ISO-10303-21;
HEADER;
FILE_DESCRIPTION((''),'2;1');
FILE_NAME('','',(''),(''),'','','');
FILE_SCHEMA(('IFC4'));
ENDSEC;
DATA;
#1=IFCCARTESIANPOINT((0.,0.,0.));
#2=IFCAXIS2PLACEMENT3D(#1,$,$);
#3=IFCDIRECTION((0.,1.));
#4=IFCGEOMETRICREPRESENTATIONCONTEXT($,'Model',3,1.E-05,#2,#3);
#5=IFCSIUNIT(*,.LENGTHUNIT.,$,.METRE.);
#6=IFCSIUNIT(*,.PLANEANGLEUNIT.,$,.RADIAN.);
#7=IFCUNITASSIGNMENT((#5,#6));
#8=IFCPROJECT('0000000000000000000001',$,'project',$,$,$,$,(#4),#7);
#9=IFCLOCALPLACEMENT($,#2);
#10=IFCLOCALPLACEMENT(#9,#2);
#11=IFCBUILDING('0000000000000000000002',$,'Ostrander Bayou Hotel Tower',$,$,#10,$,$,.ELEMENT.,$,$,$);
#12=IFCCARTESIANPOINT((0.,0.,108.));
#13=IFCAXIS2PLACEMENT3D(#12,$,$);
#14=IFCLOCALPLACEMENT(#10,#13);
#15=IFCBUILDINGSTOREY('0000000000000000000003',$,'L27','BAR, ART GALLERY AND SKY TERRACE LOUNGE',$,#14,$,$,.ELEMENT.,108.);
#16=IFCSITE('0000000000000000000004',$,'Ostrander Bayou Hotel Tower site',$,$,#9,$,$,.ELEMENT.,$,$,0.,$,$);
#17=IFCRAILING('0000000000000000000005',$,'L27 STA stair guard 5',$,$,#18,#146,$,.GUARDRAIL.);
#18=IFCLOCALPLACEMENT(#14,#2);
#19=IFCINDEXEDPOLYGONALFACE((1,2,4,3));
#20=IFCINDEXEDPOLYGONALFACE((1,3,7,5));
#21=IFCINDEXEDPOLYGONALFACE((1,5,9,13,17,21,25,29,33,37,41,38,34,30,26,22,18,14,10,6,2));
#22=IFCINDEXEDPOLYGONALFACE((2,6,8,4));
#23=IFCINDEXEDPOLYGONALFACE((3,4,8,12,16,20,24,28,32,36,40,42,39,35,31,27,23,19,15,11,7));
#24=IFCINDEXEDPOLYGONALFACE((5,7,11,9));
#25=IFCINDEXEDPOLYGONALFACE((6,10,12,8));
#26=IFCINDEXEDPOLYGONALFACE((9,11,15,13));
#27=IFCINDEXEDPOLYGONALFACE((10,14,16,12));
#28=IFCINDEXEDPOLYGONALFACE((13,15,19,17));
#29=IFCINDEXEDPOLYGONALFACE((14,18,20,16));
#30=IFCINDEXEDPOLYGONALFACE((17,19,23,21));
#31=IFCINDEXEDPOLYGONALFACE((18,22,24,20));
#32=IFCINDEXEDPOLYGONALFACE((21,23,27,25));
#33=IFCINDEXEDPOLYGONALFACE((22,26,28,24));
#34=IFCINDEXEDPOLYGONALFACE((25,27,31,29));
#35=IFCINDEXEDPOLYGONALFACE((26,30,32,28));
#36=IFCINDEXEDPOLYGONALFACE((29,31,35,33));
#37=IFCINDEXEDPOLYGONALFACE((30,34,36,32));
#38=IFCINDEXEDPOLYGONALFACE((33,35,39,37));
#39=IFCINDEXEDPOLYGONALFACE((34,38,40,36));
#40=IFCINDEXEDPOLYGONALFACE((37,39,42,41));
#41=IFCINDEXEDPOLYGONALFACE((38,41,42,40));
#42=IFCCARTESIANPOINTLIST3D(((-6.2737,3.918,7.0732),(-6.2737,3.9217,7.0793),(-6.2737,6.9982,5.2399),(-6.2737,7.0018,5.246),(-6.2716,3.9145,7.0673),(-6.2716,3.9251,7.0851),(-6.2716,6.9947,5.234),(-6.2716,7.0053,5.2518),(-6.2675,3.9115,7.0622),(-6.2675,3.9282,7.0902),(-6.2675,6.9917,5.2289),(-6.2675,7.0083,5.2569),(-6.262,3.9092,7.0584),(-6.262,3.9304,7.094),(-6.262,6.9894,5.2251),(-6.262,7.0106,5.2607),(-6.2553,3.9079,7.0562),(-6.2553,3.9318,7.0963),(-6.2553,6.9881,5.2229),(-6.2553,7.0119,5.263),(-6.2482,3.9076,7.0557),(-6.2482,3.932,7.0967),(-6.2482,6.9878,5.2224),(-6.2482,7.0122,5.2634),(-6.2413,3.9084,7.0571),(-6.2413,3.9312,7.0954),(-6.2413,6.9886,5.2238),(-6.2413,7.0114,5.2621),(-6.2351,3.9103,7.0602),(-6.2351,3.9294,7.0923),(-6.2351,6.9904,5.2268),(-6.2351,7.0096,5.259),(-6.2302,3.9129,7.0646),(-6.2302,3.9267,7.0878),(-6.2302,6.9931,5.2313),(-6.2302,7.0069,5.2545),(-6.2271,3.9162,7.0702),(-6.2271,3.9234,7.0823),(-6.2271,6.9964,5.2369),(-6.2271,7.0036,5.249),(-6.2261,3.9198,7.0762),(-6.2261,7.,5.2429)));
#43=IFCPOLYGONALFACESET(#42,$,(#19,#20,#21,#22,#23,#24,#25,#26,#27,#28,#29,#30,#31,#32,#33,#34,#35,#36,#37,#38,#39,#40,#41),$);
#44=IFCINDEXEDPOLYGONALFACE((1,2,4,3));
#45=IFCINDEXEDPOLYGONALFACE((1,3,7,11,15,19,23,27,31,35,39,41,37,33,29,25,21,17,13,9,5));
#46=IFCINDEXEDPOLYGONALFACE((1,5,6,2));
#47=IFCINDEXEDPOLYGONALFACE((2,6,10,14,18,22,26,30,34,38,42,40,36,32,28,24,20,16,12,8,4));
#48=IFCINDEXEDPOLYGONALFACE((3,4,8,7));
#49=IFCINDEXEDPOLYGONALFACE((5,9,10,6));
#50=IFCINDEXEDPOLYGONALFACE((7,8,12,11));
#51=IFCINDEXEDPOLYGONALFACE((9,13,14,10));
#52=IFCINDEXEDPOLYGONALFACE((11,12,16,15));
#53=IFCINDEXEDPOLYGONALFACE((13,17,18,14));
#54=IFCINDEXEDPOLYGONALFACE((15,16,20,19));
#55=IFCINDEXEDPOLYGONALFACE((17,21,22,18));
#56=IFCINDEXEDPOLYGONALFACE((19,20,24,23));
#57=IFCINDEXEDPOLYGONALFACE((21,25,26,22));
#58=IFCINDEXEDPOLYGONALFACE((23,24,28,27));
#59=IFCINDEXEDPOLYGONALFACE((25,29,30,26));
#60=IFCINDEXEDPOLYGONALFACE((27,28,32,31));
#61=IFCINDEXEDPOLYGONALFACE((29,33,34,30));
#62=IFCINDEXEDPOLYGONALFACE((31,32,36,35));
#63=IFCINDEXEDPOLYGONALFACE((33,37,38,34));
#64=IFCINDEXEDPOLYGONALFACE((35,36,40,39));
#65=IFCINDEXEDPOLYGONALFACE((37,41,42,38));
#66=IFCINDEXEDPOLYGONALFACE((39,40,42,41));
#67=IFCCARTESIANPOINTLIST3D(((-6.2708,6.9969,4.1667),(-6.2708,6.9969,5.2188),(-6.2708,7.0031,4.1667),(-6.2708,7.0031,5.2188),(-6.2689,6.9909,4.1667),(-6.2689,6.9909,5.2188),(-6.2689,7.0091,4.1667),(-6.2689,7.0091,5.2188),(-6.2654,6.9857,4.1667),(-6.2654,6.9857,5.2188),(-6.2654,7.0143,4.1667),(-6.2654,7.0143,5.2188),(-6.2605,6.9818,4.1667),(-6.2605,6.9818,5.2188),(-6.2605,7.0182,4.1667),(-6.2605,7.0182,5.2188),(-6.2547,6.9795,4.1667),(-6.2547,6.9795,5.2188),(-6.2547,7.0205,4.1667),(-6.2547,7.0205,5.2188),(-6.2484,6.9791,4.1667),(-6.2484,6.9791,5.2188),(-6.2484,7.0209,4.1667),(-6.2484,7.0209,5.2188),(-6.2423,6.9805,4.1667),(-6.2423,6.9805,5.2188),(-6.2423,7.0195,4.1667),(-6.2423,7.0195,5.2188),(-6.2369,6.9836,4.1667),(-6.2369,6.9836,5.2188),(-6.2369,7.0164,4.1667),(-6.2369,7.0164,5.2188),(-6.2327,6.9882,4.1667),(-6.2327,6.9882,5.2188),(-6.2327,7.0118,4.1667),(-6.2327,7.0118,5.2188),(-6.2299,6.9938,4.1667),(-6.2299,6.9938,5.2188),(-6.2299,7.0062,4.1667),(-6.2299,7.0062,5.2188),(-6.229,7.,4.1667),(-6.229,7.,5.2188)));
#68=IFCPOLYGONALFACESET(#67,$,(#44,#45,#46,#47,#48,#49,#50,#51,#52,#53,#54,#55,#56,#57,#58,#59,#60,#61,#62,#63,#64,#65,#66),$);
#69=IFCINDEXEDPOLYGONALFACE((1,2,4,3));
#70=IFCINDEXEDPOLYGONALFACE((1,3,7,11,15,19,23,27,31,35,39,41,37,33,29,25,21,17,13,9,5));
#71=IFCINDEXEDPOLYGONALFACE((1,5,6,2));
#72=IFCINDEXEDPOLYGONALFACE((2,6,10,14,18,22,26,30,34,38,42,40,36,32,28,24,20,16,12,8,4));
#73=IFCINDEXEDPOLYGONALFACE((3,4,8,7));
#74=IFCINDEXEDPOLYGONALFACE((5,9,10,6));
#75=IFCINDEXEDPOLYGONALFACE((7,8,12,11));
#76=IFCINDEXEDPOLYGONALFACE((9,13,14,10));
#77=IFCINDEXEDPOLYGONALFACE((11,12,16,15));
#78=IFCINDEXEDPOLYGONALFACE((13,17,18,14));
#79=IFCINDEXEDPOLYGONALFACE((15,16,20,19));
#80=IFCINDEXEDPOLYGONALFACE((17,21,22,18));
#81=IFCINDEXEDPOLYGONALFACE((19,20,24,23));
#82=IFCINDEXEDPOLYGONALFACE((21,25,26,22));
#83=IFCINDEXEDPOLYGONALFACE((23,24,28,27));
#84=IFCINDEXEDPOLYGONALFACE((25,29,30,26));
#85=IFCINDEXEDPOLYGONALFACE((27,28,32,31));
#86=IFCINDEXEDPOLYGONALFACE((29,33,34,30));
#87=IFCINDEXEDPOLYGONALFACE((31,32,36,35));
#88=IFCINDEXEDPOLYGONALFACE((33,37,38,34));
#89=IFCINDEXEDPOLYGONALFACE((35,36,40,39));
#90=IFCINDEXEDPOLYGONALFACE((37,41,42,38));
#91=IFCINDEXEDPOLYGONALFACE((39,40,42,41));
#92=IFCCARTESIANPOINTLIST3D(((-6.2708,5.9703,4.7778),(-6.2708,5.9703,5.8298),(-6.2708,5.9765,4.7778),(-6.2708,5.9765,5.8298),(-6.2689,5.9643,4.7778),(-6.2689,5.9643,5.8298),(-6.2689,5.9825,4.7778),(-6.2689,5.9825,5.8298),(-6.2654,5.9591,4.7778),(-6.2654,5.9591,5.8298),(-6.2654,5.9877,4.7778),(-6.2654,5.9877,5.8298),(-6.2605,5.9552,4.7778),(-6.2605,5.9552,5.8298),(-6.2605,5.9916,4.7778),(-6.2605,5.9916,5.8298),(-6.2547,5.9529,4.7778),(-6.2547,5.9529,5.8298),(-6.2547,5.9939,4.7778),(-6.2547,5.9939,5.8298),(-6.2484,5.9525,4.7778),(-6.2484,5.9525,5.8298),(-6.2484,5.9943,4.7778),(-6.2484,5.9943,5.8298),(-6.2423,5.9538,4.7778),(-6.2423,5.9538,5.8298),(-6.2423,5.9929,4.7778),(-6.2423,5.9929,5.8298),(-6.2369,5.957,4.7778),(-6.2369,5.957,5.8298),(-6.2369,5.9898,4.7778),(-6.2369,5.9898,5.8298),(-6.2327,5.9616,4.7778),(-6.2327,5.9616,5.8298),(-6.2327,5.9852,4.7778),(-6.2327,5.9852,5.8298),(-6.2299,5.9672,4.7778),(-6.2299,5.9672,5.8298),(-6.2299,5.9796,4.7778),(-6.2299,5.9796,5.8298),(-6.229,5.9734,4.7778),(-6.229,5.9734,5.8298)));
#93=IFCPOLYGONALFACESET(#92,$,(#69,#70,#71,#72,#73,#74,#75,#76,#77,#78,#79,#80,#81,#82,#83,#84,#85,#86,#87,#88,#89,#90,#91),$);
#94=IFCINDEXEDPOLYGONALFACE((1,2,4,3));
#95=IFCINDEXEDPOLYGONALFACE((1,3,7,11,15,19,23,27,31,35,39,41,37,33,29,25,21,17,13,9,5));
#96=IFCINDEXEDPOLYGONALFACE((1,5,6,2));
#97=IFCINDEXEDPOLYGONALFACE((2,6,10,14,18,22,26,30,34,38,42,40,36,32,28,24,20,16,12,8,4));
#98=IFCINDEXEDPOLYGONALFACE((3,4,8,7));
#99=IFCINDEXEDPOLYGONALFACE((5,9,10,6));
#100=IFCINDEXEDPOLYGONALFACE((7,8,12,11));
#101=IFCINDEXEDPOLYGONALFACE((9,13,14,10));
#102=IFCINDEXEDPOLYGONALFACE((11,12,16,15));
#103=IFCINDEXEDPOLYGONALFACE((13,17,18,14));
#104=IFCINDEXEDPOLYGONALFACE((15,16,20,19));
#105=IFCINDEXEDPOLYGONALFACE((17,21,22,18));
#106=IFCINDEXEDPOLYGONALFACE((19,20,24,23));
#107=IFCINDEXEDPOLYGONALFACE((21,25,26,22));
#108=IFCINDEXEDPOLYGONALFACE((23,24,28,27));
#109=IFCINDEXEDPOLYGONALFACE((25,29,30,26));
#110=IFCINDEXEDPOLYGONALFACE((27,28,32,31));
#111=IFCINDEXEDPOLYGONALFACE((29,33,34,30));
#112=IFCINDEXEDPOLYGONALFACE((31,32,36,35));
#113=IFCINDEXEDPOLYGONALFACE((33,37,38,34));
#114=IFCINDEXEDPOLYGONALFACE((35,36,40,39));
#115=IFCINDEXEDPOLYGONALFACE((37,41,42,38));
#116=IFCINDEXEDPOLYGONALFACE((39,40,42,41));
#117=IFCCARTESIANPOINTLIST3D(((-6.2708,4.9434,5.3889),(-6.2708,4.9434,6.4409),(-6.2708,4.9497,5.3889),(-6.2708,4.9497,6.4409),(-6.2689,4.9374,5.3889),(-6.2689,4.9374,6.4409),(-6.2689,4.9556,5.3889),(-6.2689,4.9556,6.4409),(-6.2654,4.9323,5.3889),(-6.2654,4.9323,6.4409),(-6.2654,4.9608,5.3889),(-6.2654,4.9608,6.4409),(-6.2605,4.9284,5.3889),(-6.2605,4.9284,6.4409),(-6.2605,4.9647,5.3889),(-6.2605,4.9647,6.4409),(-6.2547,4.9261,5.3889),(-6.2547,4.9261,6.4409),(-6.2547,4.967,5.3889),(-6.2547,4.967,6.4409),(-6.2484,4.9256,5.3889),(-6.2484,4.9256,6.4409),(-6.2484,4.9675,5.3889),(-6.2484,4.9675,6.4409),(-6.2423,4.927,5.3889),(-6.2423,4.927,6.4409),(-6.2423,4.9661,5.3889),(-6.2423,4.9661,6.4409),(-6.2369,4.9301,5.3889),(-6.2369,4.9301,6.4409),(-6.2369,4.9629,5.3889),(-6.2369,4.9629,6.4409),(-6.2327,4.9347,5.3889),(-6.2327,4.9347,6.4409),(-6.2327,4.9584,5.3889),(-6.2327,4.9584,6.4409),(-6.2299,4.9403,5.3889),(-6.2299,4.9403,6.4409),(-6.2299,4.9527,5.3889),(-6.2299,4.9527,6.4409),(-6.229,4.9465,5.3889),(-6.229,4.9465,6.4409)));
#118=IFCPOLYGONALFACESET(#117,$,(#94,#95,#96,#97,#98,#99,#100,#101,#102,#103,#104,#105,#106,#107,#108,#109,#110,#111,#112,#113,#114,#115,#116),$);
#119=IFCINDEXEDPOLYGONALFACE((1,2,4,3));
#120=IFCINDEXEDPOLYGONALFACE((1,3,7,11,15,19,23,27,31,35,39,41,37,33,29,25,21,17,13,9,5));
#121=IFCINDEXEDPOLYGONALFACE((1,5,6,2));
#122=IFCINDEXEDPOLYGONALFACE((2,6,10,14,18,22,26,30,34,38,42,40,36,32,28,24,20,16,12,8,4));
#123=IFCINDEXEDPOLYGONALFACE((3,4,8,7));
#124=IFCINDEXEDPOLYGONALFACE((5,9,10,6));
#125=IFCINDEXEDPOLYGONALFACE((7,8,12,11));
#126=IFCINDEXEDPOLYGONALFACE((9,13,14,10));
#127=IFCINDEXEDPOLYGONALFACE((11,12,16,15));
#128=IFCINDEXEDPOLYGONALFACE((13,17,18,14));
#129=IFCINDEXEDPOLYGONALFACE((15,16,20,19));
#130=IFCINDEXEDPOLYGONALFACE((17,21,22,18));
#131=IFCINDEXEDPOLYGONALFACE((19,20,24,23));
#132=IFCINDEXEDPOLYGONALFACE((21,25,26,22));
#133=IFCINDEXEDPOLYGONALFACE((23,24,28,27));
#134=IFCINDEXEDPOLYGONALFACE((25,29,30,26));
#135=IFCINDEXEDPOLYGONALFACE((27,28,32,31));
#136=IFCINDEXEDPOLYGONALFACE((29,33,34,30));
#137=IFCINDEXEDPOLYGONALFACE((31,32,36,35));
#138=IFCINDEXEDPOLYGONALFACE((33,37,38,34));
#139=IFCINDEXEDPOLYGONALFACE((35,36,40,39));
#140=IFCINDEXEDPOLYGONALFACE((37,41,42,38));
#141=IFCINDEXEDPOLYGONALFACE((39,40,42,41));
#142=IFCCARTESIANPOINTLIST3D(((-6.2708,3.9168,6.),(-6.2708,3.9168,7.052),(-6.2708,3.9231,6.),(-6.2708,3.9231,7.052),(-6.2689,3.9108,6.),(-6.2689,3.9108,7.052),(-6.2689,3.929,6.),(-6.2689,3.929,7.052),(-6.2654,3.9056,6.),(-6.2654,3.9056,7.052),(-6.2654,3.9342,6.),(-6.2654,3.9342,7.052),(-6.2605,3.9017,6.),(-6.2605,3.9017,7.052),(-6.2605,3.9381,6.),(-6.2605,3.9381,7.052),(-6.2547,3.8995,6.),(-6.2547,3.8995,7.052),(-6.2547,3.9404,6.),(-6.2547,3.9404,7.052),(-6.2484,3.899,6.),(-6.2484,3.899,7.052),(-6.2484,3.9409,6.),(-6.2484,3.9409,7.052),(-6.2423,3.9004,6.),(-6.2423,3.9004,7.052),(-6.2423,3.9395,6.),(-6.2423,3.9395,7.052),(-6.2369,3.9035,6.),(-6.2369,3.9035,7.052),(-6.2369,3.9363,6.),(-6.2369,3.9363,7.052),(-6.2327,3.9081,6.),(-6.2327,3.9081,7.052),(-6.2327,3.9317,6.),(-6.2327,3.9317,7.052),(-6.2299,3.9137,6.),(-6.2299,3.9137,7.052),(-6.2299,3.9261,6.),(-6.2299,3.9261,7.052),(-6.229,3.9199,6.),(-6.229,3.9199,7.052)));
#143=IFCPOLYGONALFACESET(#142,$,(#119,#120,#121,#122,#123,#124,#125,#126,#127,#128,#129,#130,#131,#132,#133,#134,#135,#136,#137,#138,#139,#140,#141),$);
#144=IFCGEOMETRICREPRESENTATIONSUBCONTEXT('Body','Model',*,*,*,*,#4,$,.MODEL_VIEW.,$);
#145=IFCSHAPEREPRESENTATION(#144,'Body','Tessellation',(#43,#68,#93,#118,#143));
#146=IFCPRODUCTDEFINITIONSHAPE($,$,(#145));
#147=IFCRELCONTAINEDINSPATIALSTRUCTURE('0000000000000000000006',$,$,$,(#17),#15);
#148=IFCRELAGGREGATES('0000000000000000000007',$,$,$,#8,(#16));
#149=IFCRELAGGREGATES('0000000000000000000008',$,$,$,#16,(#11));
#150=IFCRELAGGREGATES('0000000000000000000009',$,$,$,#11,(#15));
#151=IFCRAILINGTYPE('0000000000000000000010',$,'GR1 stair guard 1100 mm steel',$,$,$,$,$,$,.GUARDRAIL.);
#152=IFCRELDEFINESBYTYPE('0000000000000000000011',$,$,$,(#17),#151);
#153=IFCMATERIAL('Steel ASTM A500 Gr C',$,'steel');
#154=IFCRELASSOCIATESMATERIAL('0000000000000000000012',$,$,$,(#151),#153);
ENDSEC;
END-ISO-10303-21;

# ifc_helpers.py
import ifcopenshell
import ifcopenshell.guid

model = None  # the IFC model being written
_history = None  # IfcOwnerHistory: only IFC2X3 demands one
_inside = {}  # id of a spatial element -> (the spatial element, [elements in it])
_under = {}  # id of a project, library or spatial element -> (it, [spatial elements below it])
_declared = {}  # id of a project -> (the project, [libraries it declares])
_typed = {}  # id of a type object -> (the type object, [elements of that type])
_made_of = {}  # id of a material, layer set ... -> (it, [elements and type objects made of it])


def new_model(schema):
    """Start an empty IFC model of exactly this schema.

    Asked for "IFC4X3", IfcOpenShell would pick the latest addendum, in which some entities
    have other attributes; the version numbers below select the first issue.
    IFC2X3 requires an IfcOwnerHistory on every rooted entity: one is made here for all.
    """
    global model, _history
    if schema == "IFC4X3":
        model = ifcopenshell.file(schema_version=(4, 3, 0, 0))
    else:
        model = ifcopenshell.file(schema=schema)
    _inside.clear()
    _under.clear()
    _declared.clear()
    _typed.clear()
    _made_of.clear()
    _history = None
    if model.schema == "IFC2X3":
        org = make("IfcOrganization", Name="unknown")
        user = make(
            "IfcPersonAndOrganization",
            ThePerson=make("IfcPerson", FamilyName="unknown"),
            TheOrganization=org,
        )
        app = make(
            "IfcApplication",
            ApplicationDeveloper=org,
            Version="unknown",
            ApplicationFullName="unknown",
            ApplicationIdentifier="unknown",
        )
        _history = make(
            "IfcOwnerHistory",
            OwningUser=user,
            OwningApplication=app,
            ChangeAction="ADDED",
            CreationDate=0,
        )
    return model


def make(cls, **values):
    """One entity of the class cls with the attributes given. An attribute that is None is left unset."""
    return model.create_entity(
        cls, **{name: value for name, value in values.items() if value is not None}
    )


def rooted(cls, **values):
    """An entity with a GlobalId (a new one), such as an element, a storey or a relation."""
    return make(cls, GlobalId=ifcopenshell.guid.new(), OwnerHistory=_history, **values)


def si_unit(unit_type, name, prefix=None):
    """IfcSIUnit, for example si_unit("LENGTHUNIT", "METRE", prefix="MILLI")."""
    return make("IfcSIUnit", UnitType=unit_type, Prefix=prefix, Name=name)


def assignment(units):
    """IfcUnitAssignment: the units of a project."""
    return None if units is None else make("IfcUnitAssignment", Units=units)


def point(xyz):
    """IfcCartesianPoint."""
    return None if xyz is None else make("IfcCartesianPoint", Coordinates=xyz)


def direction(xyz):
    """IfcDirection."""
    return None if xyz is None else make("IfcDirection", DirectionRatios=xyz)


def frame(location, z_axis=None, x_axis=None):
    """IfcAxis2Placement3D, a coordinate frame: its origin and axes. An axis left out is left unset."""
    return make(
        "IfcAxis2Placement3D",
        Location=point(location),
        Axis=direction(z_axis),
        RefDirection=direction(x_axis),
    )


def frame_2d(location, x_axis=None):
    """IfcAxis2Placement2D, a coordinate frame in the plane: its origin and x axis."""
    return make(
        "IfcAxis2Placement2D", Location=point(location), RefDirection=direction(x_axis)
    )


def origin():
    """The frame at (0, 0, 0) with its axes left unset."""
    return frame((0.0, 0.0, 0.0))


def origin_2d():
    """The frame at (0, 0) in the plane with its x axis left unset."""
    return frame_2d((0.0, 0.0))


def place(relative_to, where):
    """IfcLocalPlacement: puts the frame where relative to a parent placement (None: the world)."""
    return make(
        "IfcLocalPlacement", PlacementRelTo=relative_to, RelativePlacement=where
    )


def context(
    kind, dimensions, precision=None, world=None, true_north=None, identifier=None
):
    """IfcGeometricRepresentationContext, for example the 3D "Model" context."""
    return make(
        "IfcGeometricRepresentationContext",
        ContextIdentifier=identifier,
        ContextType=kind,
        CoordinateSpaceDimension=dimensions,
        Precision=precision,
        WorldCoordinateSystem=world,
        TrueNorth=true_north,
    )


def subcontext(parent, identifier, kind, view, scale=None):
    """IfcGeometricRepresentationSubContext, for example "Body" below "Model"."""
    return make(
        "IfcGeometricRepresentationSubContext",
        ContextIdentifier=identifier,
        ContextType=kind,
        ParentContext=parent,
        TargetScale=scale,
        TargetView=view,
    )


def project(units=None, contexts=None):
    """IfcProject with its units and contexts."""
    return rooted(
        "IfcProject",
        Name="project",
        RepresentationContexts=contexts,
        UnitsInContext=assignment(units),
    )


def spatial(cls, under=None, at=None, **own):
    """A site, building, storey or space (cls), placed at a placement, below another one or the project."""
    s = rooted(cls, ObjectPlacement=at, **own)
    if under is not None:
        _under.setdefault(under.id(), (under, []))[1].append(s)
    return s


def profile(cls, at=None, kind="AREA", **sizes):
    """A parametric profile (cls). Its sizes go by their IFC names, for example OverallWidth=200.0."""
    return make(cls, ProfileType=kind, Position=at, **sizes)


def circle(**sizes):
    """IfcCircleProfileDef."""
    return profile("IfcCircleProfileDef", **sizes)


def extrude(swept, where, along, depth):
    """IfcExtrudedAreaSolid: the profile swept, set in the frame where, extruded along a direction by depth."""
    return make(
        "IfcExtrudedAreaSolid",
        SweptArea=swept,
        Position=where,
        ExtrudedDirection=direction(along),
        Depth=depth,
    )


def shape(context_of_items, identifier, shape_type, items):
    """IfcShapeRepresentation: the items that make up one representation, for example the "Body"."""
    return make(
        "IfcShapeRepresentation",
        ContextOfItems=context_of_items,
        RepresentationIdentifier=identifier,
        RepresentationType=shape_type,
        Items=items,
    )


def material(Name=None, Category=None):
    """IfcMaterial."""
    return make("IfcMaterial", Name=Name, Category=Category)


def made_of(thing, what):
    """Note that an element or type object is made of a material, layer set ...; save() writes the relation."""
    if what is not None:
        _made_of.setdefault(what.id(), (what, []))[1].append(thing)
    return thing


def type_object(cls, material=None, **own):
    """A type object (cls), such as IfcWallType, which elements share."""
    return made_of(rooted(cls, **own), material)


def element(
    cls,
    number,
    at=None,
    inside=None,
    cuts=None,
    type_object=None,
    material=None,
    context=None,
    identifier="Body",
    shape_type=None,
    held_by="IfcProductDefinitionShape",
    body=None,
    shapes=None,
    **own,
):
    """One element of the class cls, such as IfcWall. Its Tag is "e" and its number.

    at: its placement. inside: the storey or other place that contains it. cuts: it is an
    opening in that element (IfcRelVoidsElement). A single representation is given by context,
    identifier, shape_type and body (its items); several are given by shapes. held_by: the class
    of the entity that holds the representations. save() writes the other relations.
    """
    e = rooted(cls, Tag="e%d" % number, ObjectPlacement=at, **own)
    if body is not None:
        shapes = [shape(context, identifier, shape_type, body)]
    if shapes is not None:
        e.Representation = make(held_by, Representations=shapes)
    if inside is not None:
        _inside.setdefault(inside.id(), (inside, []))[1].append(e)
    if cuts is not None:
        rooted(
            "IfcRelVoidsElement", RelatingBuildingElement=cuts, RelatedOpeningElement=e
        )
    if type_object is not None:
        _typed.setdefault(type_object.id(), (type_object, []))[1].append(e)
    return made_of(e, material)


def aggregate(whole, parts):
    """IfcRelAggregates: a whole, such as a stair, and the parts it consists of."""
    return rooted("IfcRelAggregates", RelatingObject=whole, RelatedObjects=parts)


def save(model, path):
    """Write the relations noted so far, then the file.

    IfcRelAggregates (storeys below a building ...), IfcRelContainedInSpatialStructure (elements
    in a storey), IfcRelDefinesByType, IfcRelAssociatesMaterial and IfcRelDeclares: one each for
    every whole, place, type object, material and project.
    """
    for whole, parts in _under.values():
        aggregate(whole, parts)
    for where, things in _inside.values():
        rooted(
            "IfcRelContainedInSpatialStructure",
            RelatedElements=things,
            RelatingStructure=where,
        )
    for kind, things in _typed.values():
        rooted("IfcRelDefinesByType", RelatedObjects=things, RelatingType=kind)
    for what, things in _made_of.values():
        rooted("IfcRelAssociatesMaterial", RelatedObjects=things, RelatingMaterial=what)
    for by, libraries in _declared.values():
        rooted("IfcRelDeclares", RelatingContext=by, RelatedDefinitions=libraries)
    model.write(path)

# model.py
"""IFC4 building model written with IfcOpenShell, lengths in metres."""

from ifc_helpers import new_model, si_unit, direction, frame, origin, origin_2d, place, context, subcontext, project, spatial, circle, extrude, material, type_object, element, save


model = new_model("IFC4")

# Units and contexts
model_context = context("Model", 3, precision=1e-05, world=origin(), true_north=direction((0.0, 1.0)))
body_context = subcontext(model_context, "Body", "Model", "MODEL_VIEW")
ifc_project = project(units=[si_unit("LENGTHUNIT", "METRE"), si_unit("PLANEANGLEUNIT", "RADIAN")], contexts=[model_context])

# Site, building, storey
site_placement = place(None, origin())
site = spatial("IfcSite", under=ifc_project, at=site_placement, Name="Ostrander Bayou Hotel Tower site", CompositionType="ELEMENT", RefElevation=0.0)
building_placement = place(site_placement, origin())
building = spatial("IfcBuilding", under=site, at=building_placement, Name="Ostrander Bayou Hotel Tower", CompositionType="ELEMENT")
storey_placement = place(building_placement, frame((0.0, 0.0, 108.0)))
storey = spatial("IfcBuildingStorey", under=building, at=storey_placement, Name="L27", Description="BAR, ART GALLERY AND SKY TERRACE LOUNGE", CompositionType="ELEMENT", Elevation=108.0)

# Railing
ifc_material_1 = material(Name="Steel ASTM A500 Gr C", Category="steel")
railing_type_1 = type_object("IfcRailingType", Name="GR1 stair guard 1100 mm steel", PredefinedType="GUARDRAIL", material=ifc_material_1)
railing_1_placement = place(storey_placement, frame((-6.25, 7.0, 4.1667)))
element("IfcRailing", 1, at=railing_1_placement, inside=storey, type_object=railing_type_1, Name="L27 STA stair guard 5", PredefinedType="GUARDRAIL", context=body_context, shape_type="SweptSolid", body=[
    extrude(circle(Radius=0.0239, at=origin_2d()), frame((0.0, 0.0, 1.0762), z_axis=(0.0, -0.859309, 0.511458), x_axis=(1.0, 0.0, 0.0)), (0.0, 0.0, 1.0), 3.5845),
    extrude(circle(Radius=0.021, at=origin_2d()), origin(), (0.0, 0.0, 1.0), 1.052),
    extrude(circle(Radius=0.021, at=origin_2d()), frame((0.0, -1.0266, 0.6111)), (0.0, 0.0, 1.0), 1.052),
    extrude(circle(Radius=0.021, at=origin_2d()), frame((0.0, -2.0535, 1.2222)), (0.0, 0.0, 1.0), 1.052),
    extrude(circle(Radius=0.021, at=origin_2d()), frame((0.0, -3.0801, 1.8333)), (0.0, 0.0, 1.0), 1.052),
])

save(model, "model.ifc")
